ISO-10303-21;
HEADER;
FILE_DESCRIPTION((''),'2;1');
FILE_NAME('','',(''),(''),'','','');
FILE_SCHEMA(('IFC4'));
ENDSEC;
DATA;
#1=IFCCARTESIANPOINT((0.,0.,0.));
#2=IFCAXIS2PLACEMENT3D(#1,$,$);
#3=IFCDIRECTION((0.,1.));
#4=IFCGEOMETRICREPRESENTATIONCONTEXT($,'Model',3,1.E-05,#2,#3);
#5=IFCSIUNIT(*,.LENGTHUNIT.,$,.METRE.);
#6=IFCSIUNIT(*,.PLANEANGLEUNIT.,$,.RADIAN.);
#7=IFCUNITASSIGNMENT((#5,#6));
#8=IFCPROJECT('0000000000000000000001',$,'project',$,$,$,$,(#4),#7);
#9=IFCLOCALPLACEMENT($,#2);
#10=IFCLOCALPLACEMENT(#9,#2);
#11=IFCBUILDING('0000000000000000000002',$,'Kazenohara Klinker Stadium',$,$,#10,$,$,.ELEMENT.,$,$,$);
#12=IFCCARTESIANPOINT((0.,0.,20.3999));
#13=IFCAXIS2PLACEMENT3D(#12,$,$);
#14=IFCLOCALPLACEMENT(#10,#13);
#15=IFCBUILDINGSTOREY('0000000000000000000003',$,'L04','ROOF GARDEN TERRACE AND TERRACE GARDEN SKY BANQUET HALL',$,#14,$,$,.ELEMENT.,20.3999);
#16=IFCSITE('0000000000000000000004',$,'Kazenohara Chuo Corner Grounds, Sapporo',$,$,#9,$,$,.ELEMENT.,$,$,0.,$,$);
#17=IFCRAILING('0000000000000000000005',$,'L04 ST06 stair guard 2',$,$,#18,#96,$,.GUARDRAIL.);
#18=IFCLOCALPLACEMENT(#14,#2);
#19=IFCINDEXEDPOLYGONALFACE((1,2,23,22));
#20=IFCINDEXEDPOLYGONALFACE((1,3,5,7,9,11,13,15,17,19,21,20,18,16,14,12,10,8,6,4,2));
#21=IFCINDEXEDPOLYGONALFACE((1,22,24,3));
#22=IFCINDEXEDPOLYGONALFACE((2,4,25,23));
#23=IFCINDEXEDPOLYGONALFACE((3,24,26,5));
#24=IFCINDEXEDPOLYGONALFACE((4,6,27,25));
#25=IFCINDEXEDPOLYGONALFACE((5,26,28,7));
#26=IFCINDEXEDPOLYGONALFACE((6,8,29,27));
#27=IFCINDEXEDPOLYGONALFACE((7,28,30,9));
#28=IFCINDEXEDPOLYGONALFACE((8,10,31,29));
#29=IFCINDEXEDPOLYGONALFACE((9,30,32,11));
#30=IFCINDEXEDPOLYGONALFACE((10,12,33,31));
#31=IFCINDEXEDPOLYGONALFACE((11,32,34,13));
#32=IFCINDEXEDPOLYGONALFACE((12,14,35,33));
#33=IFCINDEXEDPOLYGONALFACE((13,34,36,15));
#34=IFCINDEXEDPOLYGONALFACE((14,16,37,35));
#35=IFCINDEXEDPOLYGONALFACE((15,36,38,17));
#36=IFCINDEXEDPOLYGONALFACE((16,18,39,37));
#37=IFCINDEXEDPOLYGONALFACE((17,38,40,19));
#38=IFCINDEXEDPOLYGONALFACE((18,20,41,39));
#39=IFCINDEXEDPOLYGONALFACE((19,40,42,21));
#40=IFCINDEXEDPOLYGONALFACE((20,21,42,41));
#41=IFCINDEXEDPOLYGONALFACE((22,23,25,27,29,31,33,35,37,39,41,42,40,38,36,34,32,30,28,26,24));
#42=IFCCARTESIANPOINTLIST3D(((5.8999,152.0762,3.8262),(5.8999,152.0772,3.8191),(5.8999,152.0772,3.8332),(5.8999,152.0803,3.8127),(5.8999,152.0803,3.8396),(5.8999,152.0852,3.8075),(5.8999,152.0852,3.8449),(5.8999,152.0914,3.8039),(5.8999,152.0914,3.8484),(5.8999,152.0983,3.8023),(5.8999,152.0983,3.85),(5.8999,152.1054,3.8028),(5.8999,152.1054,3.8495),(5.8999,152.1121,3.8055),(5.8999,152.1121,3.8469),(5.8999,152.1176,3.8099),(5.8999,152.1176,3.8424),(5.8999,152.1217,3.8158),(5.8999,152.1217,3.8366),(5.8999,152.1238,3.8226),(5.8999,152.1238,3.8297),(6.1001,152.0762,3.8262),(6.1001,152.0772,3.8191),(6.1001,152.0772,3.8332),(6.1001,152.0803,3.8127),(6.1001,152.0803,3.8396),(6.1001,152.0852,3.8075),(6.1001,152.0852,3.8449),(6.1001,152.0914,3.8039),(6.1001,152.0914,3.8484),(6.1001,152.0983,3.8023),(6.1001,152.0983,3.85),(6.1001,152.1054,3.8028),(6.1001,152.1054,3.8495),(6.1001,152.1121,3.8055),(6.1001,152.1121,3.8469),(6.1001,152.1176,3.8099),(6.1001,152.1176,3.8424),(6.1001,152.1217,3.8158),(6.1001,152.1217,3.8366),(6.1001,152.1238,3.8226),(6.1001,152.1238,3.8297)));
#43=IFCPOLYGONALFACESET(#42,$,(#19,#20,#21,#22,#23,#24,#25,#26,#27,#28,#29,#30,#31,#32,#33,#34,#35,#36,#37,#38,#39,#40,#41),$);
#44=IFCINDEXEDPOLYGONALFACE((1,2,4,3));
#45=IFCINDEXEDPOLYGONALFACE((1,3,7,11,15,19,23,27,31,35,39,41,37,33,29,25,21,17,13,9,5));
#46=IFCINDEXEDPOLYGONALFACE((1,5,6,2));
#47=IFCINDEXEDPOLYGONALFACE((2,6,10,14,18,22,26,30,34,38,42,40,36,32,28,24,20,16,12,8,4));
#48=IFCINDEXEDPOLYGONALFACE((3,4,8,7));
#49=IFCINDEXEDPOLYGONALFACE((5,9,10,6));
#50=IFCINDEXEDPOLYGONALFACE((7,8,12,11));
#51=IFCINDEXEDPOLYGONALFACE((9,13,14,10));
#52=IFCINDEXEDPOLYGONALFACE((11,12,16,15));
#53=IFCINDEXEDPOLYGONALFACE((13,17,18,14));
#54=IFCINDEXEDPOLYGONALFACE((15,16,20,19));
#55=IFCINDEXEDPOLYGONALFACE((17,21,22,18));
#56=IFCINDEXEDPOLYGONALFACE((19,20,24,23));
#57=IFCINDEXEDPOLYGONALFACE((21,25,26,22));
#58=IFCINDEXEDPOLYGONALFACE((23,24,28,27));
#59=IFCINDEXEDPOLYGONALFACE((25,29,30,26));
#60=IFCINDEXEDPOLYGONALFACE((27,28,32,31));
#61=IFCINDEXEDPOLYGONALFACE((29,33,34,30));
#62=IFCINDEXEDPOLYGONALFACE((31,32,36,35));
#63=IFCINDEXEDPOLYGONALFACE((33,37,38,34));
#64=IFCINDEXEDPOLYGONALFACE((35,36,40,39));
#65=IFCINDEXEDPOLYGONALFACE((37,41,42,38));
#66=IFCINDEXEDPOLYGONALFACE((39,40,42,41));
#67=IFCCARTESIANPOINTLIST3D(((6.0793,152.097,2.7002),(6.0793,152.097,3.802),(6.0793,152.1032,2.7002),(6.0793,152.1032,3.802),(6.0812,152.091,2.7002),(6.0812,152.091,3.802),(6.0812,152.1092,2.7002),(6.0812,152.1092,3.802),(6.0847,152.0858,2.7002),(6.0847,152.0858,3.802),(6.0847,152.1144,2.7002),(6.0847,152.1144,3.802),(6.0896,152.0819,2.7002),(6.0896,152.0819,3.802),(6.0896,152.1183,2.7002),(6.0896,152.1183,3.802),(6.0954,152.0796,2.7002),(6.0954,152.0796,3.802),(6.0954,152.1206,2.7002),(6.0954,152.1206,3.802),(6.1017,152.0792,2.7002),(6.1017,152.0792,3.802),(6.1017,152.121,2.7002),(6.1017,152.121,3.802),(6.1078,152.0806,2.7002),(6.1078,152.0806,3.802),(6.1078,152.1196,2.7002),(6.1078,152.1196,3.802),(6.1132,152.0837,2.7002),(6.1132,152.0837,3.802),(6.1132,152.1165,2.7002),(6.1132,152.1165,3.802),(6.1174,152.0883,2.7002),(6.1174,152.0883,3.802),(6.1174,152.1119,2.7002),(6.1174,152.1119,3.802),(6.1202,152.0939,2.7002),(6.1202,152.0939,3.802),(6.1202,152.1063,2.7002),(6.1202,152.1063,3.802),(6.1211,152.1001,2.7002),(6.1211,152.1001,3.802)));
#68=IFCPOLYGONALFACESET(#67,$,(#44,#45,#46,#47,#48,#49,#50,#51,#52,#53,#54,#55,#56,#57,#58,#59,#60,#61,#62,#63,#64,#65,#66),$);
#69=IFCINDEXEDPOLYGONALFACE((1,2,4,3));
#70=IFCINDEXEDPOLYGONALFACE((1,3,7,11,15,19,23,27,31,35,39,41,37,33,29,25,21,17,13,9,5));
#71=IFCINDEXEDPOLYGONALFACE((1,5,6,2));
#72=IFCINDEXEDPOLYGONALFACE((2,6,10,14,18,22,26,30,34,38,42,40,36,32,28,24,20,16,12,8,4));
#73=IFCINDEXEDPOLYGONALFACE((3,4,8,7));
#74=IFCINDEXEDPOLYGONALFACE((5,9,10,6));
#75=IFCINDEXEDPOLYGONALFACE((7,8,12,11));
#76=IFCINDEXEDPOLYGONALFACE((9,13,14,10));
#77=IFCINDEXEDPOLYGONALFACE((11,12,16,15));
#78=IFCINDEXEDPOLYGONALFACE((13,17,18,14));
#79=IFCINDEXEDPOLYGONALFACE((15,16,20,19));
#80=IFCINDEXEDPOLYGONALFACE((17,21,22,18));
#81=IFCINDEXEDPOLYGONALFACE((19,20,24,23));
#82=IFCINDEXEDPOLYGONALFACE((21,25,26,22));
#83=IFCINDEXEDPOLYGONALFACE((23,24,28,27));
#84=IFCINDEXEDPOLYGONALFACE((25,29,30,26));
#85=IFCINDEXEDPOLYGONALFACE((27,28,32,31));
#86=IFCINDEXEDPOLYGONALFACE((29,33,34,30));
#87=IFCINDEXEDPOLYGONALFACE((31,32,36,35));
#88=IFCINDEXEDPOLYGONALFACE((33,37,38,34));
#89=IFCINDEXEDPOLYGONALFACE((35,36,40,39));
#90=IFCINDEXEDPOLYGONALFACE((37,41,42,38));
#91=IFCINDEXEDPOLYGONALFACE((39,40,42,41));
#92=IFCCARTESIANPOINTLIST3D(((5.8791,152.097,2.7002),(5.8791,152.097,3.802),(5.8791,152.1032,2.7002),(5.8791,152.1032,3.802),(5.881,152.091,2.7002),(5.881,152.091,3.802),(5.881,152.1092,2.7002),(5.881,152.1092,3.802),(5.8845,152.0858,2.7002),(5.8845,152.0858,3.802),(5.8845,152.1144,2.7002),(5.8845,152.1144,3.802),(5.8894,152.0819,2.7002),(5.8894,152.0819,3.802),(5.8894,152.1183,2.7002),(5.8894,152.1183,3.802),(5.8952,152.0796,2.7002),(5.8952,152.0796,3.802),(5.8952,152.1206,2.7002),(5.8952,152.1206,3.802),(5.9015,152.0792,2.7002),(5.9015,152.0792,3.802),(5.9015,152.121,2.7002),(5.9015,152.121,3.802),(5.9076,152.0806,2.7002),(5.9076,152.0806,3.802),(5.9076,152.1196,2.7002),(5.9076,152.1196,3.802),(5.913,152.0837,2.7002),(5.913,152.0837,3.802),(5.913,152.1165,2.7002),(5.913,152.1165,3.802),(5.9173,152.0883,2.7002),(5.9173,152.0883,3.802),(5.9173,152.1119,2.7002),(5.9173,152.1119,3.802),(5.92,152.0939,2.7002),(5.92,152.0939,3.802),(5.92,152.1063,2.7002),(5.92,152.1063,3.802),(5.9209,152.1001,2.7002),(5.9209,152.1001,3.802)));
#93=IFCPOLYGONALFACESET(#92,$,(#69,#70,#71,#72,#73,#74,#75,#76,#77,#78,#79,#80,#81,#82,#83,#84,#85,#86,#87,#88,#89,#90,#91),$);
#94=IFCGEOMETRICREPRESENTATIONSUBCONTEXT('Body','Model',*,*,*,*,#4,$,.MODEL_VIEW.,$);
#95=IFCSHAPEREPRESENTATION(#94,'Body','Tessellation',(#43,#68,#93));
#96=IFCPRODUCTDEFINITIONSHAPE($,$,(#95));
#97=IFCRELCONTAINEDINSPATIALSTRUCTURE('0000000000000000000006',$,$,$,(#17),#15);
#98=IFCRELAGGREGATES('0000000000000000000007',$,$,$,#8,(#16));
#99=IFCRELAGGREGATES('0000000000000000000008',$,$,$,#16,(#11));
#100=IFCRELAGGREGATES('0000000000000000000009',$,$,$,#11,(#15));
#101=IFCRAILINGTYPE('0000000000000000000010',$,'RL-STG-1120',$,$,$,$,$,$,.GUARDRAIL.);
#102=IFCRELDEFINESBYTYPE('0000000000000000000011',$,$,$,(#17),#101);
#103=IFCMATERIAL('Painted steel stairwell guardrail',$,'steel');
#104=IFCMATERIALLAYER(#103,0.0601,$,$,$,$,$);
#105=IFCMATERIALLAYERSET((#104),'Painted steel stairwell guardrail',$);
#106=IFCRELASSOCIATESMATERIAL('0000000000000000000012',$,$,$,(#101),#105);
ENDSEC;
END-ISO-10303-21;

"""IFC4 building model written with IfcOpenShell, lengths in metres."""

from ifc_helpers import new_model, si_unit, direction, frame, origin, origin_2d, place, context, subcontext, project, spatial, circle, extrude, material, layer, layer_set, type_object, element, save


model = new_model("IFC4")

# Units and contexts
model_context = context("Model", 3, precision=1e-05, world=origin(), true_north=direction((0.0, 1.0)))
body_context = subcontext(model_context, "Body", "Model", "MODEL_VIEW")
ifc_project = project(units=[si_unit("LENGTHUNIT", "METRE"), si_unit("PLANEANGLEUNIT", "RADIAN")], contexts=[model_context])

# Site, building, storey
site_placement = place(None, origin())
site = spatial("IfcSite", under=ifc_project, at=site_placement, Name="Kazenohara Chuo Corner Grounds, Sapporo", CompositionType="ELEMENT", RefElevation=0.0)
building_placement = place(site_placement, origin())
building = spatial("IfcBuilding", under=site, at=building_placement, Name="Kazenohara Klinker Stadium", CompositionType="ELEMENT")
storey_placement = place(building_placement, frame((0.0, 0.0, 20.3999)))
storey = spatial("IfcBuildingStorey", under=building, at=storey_placement, Name="L04", Description="ROOF GARDEN TERRACE AND TERRACE GARDEN SKY BANQUET HALL", CompositionType="ELEMENT", Elevation=20.3999)

# Railing
ifc_material_1 = material(Name="Painted steel stairwell guardrail", Category="steel")
ifc_layer_1 = layer(ifc_material_1, 0.0601)
ifc_layer_set_1 = layer_set([ifc_layer_1], Name="Painted steel stairwell guardrail")
railing_type_1 = type_object("IfcRailingType", Name="RL-STG-1120", PredefinedType="GUARDRAIL", material=ifc_layer_set_1)
railing_1_placement = place(storey_placement, frame((6.1001, 152.1001, 2.7002)))
element("IfcRailing", 1, at=railing_1_placement, inside=storey, type_object=railing_type_1, Name="L04 ST06 stair guard 2", PredefinedType="GUARDRAIL", context=body_context, shape_type="SweptSolid", body=[
    extrude(circle(Radius=0.0239, at=origin_2d()), frame((0.0, 0.0, 1.126), z_axis=(-1.0, 0.0, 0.0), x_axis=(0.0, -1.0, 0.0)), (0.0, 0.0, 1.0), 0.2002),
    extrude(circle(Radius=0.021, at=origin_2d()), origin(), (0.0, 0.0, 1.0), 1.1018),
    extrude(circle(Radius=0.021, at=origin_2d()), frame((-0.2002, 0.0, 0.0)), (0.0, 0.0, 1.0), 1.1018),
])

save(model, "model.ifc")
